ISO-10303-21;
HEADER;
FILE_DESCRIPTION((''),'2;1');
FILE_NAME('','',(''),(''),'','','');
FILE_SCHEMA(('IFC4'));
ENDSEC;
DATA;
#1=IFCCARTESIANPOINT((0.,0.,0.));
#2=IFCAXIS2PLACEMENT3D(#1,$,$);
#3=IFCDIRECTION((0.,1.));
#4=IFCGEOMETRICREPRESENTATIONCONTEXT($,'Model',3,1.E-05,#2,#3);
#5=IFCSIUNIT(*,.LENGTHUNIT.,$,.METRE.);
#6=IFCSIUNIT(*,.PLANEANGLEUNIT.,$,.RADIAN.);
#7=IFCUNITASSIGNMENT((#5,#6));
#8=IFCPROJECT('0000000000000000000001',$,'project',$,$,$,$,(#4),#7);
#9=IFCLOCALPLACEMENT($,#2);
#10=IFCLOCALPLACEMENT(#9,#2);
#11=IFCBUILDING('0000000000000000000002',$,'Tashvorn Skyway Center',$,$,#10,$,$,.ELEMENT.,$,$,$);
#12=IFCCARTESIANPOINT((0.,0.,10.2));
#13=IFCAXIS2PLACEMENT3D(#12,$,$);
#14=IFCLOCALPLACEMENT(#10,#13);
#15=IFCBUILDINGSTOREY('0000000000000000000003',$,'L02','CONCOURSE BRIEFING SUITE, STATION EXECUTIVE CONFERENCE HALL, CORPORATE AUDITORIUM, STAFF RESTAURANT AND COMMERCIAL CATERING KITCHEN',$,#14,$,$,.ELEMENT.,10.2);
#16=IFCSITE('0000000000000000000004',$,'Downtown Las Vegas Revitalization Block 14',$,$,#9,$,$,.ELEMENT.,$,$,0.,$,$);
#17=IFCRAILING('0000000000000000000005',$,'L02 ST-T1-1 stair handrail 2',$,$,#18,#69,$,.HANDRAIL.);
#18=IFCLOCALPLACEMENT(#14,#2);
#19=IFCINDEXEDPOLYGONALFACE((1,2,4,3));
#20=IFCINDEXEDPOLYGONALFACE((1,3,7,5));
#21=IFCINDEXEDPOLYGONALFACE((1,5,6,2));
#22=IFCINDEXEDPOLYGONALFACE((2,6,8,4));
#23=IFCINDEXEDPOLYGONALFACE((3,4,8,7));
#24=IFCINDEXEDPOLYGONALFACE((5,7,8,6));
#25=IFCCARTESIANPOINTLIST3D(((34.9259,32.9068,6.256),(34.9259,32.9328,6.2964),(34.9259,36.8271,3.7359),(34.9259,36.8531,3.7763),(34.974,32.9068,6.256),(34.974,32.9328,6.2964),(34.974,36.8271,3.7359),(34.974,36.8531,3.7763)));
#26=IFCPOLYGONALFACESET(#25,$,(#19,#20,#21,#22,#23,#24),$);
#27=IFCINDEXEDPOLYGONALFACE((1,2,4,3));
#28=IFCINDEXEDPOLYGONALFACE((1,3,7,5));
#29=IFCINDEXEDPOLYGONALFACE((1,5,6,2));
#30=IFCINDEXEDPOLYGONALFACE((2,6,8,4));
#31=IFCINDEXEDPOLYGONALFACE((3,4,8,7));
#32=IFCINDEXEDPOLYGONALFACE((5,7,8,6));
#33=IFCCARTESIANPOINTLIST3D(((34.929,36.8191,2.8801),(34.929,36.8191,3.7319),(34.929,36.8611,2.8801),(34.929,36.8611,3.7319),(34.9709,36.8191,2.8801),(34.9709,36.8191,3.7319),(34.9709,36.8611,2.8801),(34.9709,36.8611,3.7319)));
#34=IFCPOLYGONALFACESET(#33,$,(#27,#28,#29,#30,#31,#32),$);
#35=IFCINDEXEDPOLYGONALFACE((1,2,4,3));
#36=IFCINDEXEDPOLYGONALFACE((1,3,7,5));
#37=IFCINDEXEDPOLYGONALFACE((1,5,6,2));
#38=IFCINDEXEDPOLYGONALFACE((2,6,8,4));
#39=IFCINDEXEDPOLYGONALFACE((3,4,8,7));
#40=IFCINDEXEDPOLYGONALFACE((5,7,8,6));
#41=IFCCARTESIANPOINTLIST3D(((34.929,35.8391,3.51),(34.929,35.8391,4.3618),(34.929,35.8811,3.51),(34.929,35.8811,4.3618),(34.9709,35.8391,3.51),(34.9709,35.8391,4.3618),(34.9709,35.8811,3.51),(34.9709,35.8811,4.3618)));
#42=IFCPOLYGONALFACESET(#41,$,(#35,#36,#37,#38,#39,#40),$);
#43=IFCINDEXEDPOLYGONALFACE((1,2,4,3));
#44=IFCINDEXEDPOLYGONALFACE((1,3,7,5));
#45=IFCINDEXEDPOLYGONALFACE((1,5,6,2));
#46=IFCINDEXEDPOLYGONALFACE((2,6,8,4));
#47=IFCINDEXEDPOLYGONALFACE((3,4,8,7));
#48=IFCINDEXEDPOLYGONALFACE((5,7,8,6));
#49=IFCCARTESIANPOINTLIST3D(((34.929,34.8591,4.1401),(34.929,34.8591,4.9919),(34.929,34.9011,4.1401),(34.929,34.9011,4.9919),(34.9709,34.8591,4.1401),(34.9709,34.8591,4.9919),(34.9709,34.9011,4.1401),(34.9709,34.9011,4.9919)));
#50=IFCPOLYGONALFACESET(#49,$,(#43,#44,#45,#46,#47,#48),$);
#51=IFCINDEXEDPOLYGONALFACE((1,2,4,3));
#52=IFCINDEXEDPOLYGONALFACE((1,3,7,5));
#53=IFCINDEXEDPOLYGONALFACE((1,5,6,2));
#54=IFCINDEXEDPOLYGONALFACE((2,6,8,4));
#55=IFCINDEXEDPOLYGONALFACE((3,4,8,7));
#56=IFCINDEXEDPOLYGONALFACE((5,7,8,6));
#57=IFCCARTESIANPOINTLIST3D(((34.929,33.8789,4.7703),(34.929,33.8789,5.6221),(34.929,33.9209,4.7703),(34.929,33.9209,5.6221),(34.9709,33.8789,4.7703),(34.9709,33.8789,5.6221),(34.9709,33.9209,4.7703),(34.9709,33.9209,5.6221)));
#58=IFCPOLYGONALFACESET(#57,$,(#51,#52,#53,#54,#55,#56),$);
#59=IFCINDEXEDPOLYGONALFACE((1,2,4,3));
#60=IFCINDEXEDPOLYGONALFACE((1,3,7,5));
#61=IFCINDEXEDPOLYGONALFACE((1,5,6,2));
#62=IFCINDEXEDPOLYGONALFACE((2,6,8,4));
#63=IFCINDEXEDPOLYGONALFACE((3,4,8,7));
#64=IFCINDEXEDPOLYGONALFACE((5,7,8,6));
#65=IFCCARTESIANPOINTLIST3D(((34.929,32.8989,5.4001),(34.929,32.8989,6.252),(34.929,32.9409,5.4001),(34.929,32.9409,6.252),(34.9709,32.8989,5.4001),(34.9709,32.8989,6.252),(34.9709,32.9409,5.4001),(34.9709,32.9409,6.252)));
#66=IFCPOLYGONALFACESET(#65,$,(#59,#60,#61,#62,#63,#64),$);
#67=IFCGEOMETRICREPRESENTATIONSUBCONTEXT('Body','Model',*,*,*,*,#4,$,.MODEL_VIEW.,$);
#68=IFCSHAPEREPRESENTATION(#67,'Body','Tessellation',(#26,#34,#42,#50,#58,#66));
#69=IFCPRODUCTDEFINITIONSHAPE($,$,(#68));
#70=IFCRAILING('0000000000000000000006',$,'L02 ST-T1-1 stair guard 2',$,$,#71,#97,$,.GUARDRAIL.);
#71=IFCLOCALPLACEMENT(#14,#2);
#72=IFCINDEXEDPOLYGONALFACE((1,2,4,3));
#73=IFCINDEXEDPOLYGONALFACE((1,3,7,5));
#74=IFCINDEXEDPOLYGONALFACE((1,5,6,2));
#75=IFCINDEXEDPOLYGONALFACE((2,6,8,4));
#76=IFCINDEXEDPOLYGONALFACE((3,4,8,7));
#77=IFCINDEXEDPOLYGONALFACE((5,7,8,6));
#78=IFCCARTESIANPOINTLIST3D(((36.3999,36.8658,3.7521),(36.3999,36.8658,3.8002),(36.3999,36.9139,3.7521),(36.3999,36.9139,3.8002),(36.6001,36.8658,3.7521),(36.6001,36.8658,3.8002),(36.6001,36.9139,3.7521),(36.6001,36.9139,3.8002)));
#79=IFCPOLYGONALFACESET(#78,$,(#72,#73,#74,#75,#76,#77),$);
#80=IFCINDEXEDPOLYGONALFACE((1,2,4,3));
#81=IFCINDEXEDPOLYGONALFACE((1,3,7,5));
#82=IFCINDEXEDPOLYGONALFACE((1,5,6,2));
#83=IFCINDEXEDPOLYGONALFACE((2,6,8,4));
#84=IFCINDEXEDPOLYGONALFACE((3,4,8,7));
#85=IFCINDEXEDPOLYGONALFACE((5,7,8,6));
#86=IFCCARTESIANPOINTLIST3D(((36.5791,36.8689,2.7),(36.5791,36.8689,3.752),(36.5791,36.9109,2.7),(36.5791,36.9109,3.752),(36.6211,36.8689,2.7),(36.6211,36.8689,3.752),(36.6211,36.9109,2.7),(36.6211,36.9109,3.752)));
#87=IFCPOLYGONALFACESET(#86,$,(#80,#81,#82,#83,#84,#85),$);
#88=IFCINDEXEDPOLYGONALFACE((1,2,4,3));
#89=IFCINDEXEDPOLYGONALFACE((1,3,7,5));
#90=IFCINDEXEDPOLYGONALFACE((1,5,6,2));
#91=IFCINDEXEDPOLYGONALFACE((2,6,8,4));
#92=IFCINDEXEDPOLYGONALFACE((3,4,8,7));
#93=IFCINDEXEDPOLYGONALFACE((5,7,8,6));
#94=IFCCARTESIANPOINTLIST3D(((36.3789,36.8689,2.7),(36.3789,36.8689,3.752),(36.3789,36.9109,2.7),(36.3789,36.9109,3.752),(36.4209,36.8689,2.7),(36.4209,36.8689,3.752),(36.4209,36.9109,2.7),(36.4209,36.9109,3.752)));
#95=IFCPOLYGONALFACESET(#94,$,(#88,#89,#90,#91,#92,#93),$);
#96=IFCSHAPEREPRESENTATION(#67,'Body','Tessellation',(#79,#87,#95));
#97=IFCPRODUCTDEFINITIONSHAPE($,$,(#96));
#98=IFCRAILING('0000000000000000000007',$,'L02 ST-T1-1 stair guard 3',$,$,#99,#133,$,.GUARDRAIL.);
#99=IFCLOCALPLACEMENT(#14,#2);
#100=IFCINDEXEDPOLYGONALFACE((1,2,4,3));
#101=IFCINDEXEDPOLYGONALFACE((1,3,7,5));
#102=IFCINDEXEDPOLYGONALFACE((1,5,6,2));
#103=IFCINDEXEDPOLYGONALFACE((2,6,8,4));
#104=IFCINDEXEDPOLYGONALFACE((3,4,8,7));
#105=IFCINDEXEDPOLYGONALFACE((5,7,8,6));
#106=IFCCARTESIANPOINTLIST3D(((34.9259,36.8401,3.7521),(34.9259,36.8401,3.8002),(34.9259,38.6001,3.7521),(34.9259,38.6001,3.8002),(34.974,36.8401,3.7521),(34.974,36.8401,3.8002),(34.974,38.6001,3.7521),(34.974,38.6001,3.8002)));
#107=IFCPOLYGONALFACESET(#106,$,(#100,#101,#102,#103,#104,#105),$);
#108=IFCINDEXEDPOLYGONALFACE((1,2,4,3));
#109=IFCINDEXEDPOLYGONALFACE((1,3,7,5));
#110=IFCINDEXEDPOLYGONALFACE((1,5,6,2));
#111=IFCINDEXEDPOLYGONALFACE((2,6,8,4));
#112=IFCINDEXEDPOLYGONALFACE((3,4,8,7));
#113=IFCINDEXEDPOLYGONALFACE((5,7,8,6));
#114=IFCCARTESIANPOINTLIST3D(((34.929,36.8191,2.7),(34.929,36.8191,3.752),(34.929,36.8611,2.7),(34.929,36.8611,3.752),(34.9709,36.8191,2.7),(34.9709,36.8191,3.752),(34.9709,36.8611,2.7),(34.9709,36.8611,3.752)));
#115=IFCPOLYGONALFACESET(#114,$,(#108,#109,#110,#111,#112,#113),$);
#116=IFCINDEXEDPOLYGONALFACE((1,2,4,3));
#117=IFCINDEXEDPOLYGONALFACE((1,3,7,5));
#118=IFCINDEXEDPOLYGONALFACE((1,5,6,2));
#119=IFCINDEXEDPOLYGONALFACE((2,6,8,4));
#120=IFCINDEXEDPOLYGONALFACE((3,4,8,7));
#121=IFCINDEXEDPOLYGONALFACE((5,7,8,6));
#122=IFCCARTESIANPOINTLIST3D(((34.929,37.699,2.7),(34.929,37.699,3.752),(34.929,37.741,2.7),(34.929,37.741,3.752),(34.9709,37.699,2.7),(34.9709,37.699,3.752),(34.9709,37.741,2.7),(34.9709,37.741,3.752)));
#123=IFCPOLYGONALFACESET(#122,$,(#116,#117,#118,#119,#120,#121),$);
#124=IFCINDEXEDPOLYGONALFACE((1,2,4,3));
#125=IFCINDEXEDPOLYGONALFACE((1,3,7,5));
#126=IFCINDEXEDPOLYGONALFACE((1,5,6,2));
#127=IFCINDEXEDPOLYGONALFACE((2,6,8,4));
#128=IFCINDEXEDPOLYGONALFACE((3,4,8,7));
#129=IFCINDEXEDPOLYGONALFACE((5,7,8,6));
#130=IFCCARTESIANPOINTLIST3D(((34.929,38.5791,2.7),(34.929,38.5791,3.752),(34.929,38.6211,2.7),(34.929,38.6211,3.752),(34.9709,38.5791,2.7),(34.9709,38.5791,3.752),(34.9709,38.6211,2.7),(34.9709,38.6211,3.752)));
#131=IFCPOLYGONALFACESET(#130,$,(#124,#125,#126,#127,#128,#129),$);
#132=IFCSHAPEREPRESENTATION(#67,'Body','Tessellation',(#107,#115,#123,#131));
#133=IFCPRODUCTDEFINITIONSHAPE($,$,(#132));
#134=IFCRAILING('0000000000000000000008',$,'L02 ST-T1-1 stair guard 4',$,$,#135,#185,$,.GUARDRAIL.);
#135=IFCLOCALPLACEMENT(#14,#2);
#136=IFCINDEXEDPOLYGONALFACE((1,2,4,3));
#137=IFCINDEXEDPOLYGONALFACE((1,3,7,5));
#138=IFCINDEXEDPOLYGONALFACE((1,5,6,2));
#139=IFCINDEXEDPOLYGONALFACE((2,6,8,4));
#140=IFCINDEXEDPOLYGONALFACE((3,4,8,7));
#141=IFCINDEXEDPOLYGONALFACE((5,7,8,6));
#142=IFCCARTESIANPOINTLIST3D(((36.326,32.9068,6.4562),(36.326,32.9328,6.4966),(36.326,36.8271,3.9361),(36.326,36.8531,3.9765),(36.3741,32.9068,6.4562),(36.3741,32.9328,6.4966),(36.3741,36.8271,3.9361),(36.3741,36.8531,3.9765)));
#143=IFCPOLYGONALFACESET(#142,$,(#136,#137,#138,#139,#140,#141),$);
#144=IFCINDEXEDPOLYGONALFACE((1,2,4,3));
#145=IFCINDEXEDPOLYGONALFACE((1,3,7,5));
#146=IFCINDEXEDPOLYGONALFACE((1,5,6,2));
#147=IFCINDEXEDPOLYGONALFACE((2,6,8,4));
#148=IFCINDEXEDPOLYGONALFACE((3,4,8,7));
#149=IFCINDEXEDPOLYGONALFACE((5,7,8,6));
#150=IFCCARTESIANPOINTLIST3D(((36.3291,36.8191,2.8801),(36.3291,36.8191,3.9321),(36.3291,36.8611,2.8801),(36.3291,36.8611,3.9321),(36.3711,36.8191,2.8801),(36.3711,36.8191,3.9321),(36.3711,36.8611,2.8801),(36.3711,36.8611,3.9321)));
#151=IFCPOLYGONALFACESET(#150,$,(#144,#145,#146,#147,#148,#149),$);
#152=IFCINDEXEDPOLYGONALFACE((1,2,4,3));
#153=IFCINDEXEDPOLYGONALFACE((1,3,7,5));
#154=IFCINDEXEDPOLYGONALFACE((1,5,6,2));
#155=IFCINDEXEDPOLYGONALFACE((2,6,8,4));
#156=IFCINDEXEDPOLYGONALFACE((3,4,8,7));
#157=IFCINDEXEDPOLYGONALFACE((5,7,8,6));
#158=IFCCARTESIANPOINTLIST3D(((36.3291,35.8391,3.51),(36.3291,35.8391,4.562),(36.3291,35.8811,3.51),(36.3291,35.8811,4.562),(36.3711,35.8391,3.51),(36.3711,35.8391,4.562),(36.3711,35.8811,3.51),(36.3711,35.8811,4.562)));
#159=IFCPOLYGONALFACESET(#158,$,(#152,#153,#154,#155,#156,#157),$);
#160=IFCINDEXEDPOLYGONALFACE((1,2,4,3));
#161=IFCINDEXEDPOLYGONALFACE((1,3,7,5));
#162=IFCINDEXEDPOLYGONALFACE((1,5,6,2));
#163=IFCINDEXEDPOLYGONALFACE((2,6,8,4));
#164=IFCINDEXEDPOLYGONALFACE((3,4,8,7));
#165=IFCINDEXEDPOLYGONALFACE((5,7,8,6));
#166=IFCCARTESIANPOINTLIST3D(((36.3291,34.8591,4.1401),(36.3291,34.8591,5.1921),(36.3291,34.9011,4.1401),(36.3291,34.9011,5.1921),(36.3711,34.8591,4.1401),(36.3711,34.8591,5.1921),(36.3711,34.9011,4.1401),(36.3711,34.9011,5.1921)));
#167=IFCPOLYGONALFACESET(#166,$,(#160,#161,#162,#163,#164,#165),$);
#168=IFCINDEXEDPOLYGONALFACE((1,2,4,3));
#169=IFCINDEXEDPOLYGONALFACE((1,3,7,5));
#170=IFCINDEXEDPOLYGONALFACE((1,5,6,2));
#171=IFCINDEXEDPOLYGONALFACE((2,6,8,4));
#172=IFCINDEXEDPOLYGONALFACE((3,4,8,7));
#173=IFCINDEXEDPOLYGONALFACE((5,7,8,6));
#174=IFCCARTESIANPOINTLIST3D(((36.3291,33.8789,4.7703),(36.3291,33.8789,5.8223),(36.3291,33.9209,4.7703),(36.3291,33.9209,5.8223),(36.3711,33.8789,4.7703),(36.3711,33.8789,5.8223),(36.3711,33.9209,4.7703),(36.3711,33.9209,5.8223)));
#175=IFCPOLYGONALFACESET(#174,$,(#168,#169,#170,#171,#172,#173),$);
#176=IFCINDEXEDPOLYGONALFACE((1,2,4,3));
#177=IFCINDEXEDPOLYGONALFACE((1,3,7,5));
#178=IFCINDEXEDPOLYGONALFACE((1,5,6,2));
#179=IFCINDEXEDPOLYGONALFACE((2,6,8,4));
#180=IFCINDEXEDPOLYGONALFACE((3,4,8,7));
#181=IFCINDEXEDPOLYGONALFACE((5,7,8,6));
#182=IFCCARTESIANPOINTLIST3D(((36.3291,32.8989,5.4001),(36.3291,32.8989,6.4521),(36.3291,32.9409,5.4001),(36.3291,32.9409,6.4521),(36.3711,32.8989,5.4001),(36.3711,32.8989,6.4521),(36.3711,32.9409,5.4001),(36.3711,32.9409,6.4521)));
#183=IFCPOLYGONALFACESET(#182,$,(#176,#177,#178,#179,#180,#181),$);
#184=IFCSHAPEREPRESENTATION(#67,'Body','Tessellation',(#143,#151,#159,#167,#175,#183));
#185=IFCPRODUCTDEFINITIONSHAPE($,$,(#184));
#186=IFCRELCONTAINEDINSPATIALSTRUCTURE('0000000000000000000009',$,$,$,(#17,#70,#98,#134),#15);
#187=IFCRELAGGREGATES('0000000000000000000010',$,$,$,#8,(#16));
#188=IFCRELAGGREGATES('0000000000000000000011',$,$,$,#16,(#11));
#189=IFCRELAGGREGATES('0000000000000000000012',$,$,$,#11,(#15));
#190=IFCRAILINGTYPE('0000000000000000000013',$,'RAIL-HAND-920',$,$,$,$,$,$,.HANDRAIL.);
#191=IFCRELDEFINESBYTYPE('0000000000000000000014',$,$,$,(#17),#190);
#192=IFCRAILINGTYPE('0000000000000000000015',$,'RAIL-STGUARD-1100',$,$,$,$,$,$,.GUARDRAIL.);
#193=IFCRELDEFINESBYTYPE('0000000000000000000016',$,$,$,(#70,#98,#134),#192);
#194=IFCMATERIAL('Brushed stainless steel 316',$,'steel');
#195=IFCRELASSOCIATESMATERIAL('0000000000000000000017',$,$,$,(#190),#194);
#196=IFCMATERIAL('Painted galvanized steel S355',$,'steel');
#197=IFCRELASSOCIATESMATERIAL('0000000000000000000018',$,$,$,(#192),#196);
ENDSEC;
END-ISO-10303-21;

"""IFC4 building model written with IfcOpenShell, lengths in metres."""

from ifc_helpers import new_model, si_unit, direction, frame, origin, origin_2d, place, context, subcontext, project, spatial, rectangle, extrude, material, type_object, element, save


model = new_model("IFC4")

# Units and contexts
model_context = context("Model", 3, precision=1e-05, world=origin(), true_north=direction((0.0, 1.0)))
body_context = subcontext(model_context, "Body", "Model", "MODEL_VIEW")
ifc_project = project(units=[si_unit("LENGTHUNIT", "METRE"), si_unit("PLANEANGLEUNIT", "RADIAN")], contexts=[model_context])

# Site, building, storey
site_placement = place(None, origin())
site = spatial("IfcSite", under=ifc_project, at=site_placement, Name="Downtown Las Vegas Revitalization Block 14", CompositionType="ELEMENT", RefElevation=0.0)
building_placement = place(site_placement, origin())
building = spatial("IfcBuilding", under=site, at=building_placement, Name="Tashvorn Skyway Center", CompositionType="ELEMENT")
storey_placement = place(building_placement, frame((0.0, 0.0, 10.2)))
storey = spatial("IfcBuildingStorey", under=building, at=storey_placement, Name="L02", Description="CONCOURSE BRIEFING SUITE, STATION EXECUTIVE CONFERENCE HALL, CORPORATE AUDITORIUM, STAFF RESTAURANT AND COMMERCIAL CATERING KITCHEN", CompositionType="ELEMENT", Elevation=10.2)

# Railings
ifc_material_1 = material(Name="Brushed stainless steel 316", Category="steel")
railing_type_1 = type_object("IfcRailingType", Name="RAIL-HAND-920", PredefinedType="HANDRAIL", material=ifc_material_1)
railing_1_placement = place(storey_placement, frame((34.95, 36.8401, 2.8801)))
element("IfcRailing", 1, at=railing_1_placement, inside=storey, type_object=railing_type_1, Name="L02 ST-T1-1 stair handrail 2", PredefinedType="HANDRAIL", context=body_context, shape_type="SweptSolid", body=[
    extrude(rectangle(XDim=0.0481, YDim=0.0481, at=origin_2d()), frame((0.0, 0.0, 0.876), z_axis=(0.0, -0.841187, 0.540744), x_axis=(1.0, 0.0, 0.0)), (0.0, 0.0, 1.0), 4.6604),
    extrude(rectangle(XDim=0.042, YDim=0.042, at=origin_2d()), origin(), (0.0, 0.0, 1.0), 0.8518),
    extrude(rectangle(XDim=0.042, YDim=0.042, at=origin_2d()), frame((0.0, -0.98, 0.6299)), (0.0, 0.0, 1.0), 0.8518),
    extrude(rectangle(XDim=0.042, YDim=0.042, at=origin_2d()), frame((0.0, -1.96, 1.26)), (0.0, 0.0, 1.0), 0.8518),
    extrude(rectangle(XDim=0.042, YDim=0.042, at=origin_2d()), frame((0.0, -2.9402, 1.8901)), (0.0, 0.0, 1.0), 0.8518),
    extrude(rectangle(XDim=0.042, YDim=0.042, at=origin_2d()), frame((0.0, -3.9202, 2.52)), (0.0, 0.0, 1.0), 0.8518),
])
ifc_material_2 = material(Name="Painted galvanized steel S355", Category="steel")
railing_type_2 = type_object("IfcRailingType", Name="RAIL-STGUARD-1100", PredefinedType="GUARDRAIL", material=ifc_material_2)
railing_2_placement = place(storey_placement, frame((36.6001, 36.8899, 2.7)))
element("IfcRailing", 2, at=railing_2_placement, inside=storey, type_object=railing_type_2, Name="L02 ST-T1-1 stair guard 2", PredefinedType="GUARDRAIL", context=body_context, shape_type="SweptSolid", body=[
    extrude(rectangle(XDim=0.0481, YDim=0.0481, at=origin_2d()), frame((0.0, 0.0, 1.0762), z_axis=(-1.0, 0.0, 0.0), x_axis=(0.0, -1.0, 0.0)), (0.0, 0.0, 1.0), 0.2002),
    extrude(rectangle(XDim=0.042, YDim=0.042, at=origin_2d()), origin(), (0.0, 0.0, 1.0), 1.052),
    extrude(rectangle(XDim=0.042, YDim=0.042, at=origin_2d()), frame((-0.2002, 0.0, 0.0)), (0.0, 0.0, 1.0), 1.052),
])
railing_3_placement = place(storey_placement, frame((34.95, 36.8401, 2.7)))
element("IfcRailing", 3, at=railing_3_placement, inside=storey, type_object=railing_type_2, Name="L02 ST-T1-1 stair guard 3", PredefinedType="GUARDRAIL", context=body_context, shape_type="SweptSolid", body=[
    extrude(rectangle(XDim=0.0481, YDim=0.0481, at=origin_2d()), frame((0.0, 0.0, 1.0762), z_axis=(0.0, 1.0, 0.0), x_axis=(-1.0, 0.0, 0.0)), (0.0, 0.0, 1.0), 1.76),
    extrude(rectangle(XDim=0.042, YDim=0.042, at=origin_2d()), origin(), (0.0, 0.0, 1.0), 1.052),
    extrude(rectangle(XDim=0.042, YDim=0.042, at=origin_2d()), frame((0.0, 0.8799, 0.0)), (0.0, 0.0, 1.0), 1.052),
    extrude(rectangle(XDim=0.042, YDim=0.042, at=origin_2d()), frame((0.0, 1.76, 0.0)), (0.0, 0.0, 1.0), 1.052),
])
railing_4_placement = place(storey_placement, frame((36.3501, 36.8401, 2.8801)))
element("IfcRailing", 4, at=railing_4_placement, inside=storey, type_object=railing_type_2, Name="L02 ST-T1-1 stair guard 4", PredefinedType="GUARDRAIL", context=body_context, shape_type="SweptSolid", body=[
    extrude(rectangle(XDim=0.0481, YDim=0.0481, at=origin_2d()), frame((0.0, 0.0, 1.0762), z_axis=(0.0, -0.841187, 0.540744), x_axis=(1.0, 0.0, 0.0)), (0.0, 0.0, 1.0), 4.6604),
    extrude(rectangle(XDim=0.042, YDim=0.042, at=origin_2d()), origin(), (0.0, 0.0, 1.0), 1.052),
    extrude(rectangle(XDim=0.042, YDim=0.042, at=origin_2d()), frame((0.0, -0.98, 0.6299)), (0.0, 0.0, 1.0), 1.052),
    extrude(rectangle(XDim=0.042, YDim=0.042, at=origin_2d()), frame((0.0, -1.96, 1.26)), (0.0, 0.0, 1.0), 1.052),
    extrude(rectangle(XDim=0.042, YDim=0.042, at=origin_2d()), frame((0.0, -2.9402, 1.8901)), (0.0, 0.0, 1.0), 1.052),
    extrude(rectangle(XDim=0.042, YDim=0.042, at=origin_2d()), frame((0.0, -3.9202, 2.52)), (0.0, 0.0, 1.0), 1.052),
])

save(model, "model.ifc")
